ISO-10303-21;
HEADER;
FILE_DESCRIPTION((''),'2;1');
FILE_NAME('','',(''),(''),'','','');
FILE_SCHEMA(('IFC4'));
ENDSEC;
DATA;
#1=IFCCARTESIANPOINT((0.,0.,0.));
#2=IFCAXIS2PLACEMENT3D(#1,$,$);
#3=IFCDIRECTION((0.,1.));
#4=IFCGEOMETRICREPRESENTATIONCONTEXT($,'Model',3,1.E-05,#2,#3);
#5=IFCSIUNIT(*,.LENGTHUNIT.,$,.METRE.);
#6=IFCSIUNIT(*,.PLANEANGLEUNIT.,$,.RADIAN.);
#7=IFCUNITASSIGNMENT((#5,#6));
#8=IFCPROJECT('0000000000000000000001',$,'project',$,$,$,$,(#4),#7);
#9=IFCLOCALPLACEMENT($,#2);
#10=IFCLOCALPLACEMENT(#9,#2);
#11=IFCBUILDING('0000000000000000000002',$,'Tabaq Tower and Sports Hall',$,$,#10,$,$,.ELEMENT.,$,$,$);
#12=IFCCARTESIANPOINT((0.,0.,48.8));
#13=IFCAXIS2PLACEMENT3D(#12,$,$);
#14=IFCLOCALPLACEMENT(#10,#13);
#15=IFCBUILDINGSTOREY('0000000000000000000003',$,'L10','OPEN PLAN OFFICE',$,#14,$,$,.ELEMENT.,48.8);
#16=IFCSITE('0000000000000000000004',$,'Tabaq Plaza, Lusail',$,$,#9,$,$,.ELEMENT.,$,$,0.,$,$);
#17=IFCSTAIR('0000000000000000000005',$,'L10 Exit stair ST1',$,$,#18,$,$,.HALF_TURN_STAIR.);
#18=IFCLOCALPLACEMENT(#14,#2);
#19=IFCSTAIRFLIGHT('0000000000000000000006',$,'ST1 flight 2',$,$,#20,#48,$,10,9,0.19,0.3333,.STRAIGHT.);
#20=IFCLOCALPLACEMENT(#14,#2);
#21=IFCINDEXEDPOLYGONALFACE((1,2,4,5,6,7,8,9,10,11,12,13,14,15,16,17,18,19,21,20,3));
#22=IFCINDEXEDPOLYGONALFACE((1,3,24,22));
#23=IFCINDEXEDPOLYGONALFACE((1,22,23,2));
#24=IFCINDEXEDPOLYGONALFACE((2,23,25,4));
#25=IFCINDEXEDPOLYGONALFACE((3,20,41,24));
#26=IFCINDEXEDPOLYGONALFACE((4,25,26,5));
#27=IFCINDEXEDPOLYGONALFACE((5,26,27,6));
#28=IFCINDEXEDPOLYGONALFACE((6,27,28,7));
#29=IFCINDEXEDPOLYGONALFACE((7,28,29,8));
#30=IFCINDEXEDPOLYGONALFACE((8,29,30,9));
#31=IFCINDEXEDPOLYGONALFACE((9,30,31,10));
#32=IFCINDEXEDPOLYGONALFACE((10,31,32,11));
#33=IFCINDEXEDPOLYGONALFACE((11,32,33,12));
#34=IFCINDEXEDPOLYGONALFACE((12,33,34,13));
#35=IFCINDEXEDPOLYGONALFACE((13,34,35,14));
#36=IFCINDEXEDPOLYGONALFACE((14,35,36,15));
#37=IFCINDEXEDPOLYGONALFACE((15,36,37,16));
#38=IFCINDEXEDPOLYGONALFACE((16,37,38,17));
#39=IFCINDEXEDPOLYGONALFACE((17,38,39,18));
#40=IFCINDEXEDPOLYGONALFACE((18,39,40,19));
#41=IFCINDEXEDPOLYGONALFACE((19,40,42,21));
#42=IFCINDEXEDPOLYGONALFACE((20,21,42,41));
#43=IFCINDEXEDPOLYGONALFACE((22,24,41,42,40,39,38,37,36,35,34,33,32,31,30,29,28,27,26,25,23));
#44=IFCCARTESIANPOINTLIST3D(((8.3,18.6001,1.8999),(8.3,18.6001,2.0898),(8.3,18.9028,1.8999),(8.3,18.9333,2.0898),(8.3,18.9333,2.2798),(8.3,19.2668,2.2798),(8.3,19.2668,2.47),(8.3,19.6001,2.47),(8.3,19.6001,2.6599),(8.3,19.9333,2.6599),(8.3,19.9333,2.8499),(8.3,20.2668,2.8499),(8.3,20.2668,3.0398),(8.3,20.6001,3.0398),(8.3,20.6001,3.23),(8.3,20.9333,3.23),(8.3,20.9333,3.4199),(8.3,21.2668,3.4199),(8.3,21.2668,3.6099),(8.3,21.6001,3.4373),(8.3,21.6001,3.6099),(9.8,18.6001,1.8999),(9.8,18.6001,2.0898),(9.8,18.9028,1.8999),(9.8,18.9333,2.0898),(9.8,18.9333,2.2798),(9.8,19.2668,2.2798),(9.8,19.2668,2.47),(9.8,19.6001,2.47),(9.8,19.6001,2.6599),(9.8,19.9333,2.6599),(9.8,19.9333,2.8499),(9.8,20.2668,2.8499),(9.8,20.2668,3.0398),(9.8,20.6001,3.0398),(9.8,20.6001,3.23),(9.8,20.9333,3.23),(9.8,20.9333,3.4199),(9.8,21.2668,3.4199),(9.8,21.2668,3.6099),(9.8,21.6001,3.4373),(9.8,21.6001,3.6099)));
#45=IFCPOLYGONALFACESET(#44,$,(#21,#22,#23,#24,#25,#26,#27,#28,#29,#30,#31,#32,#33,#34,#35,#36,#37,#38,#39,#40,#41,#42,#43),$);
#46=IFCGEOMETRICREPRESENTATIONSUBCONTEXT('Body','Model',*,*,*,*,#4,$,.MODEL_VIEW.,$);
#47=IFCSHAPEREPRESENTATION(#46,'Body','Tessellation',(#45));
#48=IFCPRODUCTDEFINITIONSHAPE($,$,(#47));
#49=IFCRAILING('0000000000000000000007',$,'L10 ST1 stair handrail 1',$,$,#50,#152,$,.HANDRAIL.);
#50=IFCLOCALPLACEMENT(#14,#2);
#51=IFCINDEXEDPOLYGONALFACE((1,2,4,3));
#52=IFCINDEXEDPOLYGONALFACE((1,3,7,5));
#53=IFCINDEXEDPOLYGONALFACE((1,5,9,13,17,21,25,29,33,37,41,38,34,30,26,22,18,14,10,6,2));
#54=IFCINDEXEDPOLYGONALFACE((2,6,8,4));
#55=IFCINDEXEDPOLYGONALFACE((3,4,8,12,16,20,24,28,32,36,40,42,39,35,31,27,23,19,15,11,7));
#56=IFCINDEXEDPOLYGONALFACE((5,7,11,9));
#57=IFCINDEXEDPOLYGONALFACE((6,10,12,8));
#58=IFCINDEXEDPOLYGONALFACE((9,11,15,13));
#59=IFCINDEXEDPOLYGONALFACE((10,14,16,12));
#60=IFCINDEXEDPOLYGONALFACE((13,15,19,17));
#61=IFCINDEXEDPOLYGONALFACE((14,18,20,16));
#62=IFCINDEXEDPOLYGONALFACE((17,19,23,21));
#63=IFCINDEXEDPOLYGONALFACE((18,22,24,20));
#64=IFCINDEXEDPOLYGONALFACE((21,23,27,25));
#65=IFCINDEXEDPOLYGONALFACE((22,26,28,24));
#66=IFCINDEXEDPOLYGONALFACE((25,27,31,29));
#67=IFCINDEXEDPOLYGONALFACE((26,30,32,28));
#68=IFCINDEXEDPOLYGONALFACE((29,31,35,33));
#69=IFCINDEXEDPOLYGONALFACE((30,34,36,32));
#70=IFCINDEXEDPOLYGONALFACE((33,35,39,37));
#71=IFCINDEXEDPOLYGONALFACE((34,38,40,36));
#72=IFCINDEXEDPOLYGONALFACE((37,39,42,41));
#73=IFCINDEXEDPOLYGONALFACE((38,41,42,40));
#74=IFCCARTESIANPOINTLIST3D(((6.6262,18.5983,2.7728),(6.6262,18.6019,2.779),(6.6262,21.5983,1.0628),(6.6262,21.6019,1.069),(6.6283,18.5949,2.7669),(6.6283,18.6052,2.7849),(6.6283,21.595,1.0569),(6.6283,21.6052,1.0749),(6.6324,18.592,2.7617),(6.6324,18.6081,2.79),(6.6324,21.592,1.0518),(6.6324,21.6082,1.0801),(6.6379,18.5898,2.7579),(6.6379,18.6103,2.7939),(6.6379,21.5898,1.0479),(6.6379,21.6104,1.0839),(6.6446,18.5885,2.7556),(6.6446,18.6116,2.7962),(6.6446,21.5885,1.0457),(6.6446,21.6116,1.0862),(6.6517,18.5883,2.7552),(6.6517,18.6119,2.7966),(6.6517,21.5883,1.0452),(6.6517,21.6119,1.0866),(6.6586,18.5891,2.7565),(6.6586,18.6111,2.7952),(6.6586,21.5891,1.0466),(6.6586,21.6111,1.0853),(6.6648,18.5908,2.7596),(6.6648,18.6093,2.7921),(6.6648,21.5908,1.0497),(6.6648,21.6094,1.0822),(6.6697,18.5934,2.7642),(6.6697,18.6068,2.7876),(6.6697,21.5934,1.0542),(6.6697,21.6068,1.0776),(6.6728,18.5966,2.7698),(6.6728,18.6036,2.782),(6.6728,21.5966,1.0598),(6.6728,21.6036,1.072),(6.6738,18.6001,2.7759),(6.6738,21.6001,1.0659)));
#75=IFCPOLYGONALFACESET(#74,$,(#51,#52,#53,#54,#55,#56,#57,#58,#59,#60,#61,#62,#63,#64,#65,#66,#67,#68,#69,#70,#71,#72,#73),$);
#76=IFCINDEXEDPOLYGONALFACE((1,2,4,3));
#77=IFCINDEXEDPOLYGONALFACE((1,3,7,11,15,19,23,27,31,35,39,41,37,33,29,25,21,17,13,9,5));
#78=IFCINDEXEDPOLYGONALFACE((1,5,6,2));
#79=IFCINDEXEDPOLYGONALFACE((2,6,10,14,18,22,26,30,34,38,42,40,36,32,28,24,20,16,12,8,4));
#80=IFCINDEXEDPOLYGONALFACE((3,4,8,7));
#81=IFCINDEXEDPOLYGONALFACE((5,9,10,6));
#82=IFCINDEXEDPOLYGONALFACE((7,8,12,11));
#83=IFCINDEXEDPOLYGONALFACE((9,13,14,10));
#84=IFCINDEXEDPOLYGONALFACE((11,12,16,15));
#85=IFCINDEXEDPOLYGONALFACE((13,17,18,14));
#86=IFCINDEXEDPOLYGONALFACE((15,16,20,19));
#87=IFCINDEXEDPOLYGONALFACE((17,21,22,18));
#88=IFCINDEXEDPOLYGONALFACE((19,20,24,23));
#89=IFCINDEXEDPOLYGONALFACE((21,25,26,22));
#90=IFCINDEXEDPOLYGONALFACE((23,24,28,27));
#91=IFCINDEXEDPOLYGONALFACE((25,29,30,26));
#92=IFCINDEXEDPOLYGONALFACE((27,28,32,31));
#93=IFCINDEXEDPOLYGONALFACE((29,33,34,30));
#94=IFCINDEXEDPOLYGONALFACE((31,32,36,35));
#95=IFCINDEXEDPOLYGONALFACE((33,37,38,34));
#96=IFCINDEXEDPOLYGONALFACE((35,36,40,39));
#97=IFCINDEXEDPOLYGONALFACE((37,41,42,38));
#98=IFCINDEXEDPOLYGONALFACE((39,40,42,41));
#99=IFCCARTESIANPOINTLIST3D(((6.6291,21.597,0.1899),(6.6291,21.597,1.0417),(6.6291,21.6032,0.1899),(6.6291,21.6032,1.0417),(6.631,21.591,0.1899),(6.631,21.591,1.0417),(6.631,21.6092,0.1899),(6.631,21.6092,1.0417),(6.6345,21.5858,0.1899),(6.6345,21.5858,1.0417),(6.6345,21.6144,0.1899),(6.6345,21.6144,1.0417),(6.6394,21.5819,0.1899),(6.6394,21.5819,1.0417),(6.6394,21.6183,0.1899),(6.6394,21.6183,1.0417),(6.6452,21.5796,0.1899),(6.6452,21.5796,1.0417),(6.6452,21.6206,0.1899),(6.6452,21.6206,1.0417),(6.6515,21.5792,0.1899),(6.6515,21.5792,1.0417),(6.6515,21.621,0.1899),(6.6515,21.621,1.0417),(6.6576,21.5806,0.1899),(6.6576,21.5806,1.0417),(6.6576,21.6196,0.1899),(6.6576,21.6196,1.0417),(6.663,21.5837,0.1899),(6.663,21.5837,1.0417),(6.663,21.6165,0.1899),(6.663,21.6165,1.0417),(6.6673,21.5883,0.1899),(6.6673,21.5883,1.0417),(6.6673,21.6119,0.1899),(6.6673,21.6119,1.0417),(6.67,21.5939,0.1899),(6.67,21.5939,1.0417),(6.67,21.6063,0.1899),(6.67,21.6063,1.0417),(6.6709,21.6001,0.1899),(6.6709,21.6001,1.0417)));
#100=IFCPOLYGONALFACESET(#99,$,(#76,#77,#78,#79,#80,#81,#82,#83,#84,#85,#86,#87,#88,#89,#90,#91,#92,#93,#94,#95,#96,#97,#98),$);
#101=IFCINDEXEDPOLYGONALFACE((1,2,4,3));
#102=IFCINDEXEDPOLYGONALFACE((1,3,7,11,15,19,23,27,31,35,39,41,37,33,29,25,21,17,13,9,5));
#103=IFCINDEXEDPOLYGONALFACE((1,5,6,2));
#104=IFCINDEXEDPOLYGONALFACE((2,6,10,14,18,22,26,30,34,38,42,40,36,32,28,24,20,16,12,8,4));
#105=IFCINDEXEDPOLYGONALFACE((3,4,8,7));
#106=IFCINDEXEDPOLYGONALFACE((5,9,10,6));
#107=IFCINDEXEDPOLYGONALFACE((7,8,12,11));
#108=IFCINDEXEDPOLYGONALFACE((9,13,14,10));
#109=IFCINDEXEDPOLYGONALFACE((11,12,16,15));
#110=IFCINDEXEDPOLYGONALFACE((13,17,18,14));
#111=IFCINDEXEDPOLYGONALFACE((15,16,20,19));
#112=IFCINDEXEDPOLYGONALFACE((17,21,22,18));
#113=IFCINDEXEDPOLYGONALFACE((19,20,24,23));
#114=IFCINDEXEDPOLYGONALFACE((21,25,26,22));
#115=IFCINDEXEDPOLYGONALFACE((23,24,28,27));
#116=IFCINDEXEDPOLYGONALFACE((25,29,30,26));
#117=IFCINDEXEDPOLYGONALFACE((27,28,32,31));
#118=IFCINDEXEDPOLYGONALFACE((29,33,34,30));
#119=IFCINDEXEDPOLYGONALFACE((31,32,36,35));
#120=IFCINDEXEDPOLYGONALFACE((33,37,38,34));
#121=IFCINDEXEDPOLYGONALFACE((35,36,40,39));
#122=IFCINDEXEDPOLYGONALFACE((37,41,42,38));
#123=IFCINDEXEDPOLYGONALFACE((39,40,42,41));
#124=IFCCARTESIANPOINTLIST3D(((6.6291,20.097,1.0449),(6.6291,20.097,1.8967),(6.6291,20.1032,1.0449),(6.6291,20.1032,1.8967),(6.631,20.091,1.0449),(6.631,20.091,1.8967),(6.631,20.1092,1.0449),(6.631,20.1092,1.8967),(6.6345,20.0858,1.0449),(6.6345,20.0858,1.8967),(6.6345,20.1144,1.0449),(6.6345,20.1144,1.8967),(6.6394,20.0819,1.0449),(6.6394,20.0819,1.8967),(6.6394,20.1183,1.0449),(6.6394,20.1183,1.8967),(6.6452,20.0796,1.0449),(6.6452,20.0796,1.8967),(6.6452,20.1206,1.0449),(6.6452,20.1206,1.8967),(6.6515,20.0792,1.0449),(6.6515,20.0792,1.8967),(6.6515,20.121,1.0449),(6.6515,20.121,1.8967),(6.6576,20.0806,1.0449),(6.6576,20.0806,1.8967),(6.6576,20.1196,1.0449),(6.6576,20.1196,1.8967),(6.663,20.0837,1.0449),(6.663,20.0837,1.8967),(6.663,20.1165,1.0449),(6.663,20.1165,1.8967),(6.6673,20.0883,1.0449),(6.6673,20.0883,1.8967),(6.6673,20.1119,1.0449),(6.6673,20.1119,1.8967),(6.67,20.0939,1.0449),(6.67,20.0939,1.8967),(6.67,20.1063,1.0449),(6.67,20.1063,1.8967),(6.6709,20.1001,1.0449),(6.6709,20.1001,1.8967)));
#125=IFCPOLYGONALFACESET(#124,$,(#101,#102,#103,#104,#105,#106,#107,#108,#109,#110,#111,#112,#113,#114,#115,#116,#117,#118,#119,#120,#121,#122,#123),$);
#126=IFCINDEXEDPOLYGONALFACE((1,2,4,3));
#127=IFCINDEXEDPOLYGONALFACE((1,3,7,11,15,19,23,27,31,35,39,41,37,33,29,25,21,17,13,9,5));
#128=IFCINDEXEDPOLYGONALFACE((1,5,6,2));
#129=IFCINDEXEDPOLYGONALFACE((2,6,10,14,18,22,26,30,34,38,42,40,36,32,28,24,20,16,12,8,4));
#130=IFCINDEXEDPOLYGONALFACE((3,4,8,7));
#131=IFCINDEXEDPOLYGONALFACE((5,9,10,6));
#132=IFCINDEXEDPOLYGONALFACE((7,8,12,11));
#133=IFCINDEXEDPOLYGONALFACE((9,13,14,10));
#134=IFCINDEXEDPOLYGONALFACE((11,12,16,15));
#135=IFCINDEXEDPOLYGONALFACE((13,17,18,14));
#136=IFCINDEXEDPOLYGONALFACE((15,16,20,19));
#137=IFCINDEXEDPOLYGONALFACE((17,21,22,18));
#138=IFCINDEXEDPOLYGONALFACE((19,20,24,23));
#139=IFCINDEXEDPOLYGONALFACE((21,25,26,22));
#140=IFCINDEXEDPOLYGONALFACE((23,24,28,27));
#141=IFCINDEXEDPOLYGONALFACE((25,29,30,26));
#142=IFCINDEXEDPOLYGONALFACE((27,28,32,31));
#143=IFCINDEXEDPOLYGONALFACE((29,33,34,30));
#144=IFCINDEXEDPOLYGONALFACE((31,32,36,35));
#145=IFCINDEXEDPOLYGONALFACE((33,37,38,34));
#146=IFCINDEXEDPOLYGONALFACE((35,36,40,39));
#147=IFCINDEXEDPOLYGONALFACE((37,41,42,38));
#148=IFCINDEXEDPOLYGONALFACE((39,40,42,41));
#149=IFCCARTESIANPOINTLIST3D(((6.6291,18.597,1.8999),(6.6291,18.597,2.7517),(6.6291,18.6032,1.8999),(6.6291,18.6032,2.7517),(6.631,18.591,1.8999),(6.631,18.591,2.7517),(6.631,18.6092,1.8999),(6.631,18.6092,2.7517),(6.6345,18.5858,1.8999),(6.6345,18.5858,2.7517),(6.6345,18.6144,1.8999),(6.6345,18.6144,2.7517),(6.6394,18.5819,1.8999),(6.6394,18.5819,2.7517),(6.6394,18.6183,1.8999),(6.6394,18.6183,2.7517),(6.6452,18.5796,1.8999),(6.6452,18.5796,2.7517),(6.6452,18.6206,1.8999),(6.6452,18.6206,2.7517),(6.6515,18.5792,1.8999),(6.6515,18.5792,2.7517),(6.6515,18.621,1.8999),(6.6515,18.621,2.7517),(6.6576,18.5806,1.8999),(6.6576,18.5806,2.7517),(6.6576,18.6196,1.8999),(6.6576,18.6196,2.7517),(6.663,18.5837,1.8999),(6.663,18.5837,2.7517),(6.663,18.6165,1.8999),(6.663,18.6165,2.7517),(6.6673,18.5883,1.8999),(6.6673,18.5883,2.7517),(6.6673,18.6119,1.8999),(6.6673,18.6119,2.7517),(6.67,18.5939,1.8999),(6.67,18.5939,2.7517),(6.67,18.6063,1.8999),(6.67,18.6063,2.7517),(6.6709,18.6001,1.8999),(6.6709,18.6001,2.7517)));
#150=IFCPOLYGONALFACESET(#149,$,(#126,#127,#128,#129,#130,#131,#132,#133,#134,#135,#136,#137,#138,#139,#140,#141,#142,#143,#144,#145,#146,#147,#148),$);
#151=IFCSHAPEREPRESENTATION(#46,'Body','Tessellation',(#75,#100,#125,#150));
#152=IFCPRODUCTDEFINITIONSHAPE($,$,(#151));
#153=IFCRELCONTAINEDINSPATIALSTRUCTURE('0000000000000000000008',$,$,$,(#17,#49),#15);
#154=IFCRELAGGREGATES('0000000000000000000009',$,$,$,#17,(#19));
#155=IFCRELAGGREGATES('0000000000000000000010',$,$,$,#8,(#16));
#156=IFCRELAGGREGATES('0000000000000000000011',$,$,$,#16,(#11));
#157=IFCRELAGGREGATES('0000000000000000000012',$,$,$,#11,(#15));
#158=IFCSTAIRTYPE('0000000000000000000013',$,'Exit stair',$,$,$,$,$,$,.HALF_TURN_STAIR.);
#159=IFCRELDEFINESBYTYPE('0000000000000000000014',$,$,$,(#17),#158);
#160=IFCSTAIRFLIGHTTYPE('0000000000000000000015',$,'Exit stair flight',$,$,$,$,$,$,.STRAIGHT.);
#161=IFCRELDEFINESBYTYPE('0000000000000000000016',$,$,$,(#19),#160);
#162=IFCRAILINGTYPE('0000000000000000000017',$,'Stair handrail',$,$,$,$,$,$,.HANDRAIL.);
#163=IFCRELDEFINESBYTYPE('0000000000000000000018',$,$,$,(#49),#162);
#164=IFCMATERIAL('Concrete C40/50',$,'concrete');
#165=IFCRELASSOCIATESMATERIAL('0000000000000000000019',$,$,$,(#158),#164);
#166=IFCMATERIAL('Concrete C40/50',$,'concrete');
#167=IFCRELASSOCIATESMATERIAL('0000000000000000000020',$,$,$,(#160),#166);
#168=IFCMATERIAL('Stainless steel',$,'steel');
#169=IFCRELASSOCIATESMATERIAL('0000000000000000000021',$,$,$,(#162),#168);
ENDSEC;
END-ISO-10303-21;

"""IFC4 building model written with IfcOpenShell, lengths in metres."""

from ifc_helpers import new_model, si_unit, direction, frame, origin, origin_2d, place, context, subcontext, project, spatial, polyline, circle, outline, extrude, material, type_object, element, aggregate, save


model = new_model("IFC4")

# Units and contexts
model_context = context("Model", 3, precision=1e-05, world=origin(), true_north=direction((0.0, 1.0)))
body_context = subcontext(model_context, "Body", "Model", "MODEL_VIEW")
ifc_project = project(units=[si_unit("LENGTHUNIT", "METRE"), si_unit("PLANEANGLEUNIT", "RADIAN")], contexts=[model_context])

# Site, building, storey
site_placement = place(None, origin())
site = spatial("IfcSite", under=ifc_project, at=site_placement, Name="Tabaq Plaza, Lusail", CompositionType="ELEMENT", RefElevation=0.0)
building_placement = place(site_placement, origin())
building = spatial("IfcBuilding", under=site, at=building_placement, Name="Tabaq Tower and Sports Hall", CompositionType="ELEMENT")
storey_placement = place(building_placement, frame((0.0, 0.0, 48.8)))
storey = spatial("IfcBuildingStorey", under=building, at=storey_placement, Name="L10", Description="OPEN PLAN OFFICE", CompositionType="ELEMENT", Elevation=48.8)

# Stair, stair flight
ifc_material_1 = material(Name="Concrete C40/50", Category="concrete")
stair_type = type_object("IfcStairType", Name="Exit stair", PredefinedType="HALF_TURN_STAIR", material=ifc_material_1)
stair_placement = place(storey_placement, origin())
stair = element("IfcStair", 1, at=stair_placement, inside=storey, type_object=stair_type, Name="L10 Exit stair ST1", PredefinedType="HALF_TURN_STAIR")
ifc_material_2 = material(Name="Concrete C40/50", Category="concrete")
stair_flight_type = type_object("IfcStairFlightType", Name="Exit stair flight", PredefinedType="STRAIGHT", material=ifc_material_2)
stair_flight_1_placement = place(storey_placement, frame((9.05, 18.6001, 1.8999), z_axis=(0.0, 0.0, 1.0), x_axis=(0.0, 1.0, 0.0)))
stair_flight_1 = element("IfcStairFlight", 2, at=stair_flight_1_placement, type_object=stair_flight_type, Name="ST1 flight 2", NumberOfRisers=10, NumberOfTreads=9, PredefinedType="STRAIGHT", RiserHeight=0.19, TreadLength=0.3333, context=body_context, shape_type="SweptSolid", body=[
    extrude(outline(polyline([(0.0, 0.0), (0.0, 0.1899), (0.3333, 0.1899), (0.3333, 0.3799), (0.6667, 0.3799), (0.6667, 0.5701), (1.0, 0.5701), (1.0, 0.76), (1.3333, 0.76), (1.3333, 0.95), (1.6667, 0.95), (1.6667, 1.1399), (2.0, 1.1399), (2.0, 1.3301), (2.3333, 1.3301), (2.3333, 1.52), (2.6667, 1.52), (2.6667, 1.71), (3.0, 1.71), (3.0, 1.8999), (3.0, 1.5374), (0.3027, 0.0), (0.0, 0.0)])), frame((0.0, 0.75, 0.0), z_axis=(0.0, -1.0, 0.0), x_axis=(1.0, 0.0, 0.0)), (0.0, 0.0, 1.0), 1.5),
])
aggregate(stair, [stair_flight_1])

# Railing
ifc_material_3 = material(Name="Stainless steel", Category="steel")
railing_type_1 = type_object("IfcRailingType", Name="Stair handrail", PredefinedType="HANDRAIL", material=ifc_material_3)
railing_1_placement = place(storey_placement, frame((6.6499, 21.6001, 0.1899)))
element("IfcRailing", 3, at=railing_1_placement, inside=storey, type_object=railing_type_1, Name="L10 ST1 stair handrail 1", PredefinedType="HANDRAIL", context=body_context, shape_type="SweptSolid", body=[
    extrude(circle(Radius=0.0239, at=origin_2d()), frame((0.0, 0.0, 0.876), z_axis=(0.0, -0.868782, 0.495195), x_axis=(1.0, 0.0, 0.0)), (0.0, 0.0, 1.0), 3.4531),
    extrude(circle(Radius=0.021, at=origin_2d()), origin(), (0.0, 0.0, 1.0), 0.8518),
    extrude(circle(Radius=0.021, at=origin_2d()), frame((0.0, -1.5, 0.855)), (0.0, 0.0, 1.0), 0.8518),
    extrude(circle(Radius=0.021, at=origin_2d()), frame((0.0, -3.0, 1.71)), (0.0, 0.0, 1.0), 0.8518),
])

save(model, "model.ifc")
